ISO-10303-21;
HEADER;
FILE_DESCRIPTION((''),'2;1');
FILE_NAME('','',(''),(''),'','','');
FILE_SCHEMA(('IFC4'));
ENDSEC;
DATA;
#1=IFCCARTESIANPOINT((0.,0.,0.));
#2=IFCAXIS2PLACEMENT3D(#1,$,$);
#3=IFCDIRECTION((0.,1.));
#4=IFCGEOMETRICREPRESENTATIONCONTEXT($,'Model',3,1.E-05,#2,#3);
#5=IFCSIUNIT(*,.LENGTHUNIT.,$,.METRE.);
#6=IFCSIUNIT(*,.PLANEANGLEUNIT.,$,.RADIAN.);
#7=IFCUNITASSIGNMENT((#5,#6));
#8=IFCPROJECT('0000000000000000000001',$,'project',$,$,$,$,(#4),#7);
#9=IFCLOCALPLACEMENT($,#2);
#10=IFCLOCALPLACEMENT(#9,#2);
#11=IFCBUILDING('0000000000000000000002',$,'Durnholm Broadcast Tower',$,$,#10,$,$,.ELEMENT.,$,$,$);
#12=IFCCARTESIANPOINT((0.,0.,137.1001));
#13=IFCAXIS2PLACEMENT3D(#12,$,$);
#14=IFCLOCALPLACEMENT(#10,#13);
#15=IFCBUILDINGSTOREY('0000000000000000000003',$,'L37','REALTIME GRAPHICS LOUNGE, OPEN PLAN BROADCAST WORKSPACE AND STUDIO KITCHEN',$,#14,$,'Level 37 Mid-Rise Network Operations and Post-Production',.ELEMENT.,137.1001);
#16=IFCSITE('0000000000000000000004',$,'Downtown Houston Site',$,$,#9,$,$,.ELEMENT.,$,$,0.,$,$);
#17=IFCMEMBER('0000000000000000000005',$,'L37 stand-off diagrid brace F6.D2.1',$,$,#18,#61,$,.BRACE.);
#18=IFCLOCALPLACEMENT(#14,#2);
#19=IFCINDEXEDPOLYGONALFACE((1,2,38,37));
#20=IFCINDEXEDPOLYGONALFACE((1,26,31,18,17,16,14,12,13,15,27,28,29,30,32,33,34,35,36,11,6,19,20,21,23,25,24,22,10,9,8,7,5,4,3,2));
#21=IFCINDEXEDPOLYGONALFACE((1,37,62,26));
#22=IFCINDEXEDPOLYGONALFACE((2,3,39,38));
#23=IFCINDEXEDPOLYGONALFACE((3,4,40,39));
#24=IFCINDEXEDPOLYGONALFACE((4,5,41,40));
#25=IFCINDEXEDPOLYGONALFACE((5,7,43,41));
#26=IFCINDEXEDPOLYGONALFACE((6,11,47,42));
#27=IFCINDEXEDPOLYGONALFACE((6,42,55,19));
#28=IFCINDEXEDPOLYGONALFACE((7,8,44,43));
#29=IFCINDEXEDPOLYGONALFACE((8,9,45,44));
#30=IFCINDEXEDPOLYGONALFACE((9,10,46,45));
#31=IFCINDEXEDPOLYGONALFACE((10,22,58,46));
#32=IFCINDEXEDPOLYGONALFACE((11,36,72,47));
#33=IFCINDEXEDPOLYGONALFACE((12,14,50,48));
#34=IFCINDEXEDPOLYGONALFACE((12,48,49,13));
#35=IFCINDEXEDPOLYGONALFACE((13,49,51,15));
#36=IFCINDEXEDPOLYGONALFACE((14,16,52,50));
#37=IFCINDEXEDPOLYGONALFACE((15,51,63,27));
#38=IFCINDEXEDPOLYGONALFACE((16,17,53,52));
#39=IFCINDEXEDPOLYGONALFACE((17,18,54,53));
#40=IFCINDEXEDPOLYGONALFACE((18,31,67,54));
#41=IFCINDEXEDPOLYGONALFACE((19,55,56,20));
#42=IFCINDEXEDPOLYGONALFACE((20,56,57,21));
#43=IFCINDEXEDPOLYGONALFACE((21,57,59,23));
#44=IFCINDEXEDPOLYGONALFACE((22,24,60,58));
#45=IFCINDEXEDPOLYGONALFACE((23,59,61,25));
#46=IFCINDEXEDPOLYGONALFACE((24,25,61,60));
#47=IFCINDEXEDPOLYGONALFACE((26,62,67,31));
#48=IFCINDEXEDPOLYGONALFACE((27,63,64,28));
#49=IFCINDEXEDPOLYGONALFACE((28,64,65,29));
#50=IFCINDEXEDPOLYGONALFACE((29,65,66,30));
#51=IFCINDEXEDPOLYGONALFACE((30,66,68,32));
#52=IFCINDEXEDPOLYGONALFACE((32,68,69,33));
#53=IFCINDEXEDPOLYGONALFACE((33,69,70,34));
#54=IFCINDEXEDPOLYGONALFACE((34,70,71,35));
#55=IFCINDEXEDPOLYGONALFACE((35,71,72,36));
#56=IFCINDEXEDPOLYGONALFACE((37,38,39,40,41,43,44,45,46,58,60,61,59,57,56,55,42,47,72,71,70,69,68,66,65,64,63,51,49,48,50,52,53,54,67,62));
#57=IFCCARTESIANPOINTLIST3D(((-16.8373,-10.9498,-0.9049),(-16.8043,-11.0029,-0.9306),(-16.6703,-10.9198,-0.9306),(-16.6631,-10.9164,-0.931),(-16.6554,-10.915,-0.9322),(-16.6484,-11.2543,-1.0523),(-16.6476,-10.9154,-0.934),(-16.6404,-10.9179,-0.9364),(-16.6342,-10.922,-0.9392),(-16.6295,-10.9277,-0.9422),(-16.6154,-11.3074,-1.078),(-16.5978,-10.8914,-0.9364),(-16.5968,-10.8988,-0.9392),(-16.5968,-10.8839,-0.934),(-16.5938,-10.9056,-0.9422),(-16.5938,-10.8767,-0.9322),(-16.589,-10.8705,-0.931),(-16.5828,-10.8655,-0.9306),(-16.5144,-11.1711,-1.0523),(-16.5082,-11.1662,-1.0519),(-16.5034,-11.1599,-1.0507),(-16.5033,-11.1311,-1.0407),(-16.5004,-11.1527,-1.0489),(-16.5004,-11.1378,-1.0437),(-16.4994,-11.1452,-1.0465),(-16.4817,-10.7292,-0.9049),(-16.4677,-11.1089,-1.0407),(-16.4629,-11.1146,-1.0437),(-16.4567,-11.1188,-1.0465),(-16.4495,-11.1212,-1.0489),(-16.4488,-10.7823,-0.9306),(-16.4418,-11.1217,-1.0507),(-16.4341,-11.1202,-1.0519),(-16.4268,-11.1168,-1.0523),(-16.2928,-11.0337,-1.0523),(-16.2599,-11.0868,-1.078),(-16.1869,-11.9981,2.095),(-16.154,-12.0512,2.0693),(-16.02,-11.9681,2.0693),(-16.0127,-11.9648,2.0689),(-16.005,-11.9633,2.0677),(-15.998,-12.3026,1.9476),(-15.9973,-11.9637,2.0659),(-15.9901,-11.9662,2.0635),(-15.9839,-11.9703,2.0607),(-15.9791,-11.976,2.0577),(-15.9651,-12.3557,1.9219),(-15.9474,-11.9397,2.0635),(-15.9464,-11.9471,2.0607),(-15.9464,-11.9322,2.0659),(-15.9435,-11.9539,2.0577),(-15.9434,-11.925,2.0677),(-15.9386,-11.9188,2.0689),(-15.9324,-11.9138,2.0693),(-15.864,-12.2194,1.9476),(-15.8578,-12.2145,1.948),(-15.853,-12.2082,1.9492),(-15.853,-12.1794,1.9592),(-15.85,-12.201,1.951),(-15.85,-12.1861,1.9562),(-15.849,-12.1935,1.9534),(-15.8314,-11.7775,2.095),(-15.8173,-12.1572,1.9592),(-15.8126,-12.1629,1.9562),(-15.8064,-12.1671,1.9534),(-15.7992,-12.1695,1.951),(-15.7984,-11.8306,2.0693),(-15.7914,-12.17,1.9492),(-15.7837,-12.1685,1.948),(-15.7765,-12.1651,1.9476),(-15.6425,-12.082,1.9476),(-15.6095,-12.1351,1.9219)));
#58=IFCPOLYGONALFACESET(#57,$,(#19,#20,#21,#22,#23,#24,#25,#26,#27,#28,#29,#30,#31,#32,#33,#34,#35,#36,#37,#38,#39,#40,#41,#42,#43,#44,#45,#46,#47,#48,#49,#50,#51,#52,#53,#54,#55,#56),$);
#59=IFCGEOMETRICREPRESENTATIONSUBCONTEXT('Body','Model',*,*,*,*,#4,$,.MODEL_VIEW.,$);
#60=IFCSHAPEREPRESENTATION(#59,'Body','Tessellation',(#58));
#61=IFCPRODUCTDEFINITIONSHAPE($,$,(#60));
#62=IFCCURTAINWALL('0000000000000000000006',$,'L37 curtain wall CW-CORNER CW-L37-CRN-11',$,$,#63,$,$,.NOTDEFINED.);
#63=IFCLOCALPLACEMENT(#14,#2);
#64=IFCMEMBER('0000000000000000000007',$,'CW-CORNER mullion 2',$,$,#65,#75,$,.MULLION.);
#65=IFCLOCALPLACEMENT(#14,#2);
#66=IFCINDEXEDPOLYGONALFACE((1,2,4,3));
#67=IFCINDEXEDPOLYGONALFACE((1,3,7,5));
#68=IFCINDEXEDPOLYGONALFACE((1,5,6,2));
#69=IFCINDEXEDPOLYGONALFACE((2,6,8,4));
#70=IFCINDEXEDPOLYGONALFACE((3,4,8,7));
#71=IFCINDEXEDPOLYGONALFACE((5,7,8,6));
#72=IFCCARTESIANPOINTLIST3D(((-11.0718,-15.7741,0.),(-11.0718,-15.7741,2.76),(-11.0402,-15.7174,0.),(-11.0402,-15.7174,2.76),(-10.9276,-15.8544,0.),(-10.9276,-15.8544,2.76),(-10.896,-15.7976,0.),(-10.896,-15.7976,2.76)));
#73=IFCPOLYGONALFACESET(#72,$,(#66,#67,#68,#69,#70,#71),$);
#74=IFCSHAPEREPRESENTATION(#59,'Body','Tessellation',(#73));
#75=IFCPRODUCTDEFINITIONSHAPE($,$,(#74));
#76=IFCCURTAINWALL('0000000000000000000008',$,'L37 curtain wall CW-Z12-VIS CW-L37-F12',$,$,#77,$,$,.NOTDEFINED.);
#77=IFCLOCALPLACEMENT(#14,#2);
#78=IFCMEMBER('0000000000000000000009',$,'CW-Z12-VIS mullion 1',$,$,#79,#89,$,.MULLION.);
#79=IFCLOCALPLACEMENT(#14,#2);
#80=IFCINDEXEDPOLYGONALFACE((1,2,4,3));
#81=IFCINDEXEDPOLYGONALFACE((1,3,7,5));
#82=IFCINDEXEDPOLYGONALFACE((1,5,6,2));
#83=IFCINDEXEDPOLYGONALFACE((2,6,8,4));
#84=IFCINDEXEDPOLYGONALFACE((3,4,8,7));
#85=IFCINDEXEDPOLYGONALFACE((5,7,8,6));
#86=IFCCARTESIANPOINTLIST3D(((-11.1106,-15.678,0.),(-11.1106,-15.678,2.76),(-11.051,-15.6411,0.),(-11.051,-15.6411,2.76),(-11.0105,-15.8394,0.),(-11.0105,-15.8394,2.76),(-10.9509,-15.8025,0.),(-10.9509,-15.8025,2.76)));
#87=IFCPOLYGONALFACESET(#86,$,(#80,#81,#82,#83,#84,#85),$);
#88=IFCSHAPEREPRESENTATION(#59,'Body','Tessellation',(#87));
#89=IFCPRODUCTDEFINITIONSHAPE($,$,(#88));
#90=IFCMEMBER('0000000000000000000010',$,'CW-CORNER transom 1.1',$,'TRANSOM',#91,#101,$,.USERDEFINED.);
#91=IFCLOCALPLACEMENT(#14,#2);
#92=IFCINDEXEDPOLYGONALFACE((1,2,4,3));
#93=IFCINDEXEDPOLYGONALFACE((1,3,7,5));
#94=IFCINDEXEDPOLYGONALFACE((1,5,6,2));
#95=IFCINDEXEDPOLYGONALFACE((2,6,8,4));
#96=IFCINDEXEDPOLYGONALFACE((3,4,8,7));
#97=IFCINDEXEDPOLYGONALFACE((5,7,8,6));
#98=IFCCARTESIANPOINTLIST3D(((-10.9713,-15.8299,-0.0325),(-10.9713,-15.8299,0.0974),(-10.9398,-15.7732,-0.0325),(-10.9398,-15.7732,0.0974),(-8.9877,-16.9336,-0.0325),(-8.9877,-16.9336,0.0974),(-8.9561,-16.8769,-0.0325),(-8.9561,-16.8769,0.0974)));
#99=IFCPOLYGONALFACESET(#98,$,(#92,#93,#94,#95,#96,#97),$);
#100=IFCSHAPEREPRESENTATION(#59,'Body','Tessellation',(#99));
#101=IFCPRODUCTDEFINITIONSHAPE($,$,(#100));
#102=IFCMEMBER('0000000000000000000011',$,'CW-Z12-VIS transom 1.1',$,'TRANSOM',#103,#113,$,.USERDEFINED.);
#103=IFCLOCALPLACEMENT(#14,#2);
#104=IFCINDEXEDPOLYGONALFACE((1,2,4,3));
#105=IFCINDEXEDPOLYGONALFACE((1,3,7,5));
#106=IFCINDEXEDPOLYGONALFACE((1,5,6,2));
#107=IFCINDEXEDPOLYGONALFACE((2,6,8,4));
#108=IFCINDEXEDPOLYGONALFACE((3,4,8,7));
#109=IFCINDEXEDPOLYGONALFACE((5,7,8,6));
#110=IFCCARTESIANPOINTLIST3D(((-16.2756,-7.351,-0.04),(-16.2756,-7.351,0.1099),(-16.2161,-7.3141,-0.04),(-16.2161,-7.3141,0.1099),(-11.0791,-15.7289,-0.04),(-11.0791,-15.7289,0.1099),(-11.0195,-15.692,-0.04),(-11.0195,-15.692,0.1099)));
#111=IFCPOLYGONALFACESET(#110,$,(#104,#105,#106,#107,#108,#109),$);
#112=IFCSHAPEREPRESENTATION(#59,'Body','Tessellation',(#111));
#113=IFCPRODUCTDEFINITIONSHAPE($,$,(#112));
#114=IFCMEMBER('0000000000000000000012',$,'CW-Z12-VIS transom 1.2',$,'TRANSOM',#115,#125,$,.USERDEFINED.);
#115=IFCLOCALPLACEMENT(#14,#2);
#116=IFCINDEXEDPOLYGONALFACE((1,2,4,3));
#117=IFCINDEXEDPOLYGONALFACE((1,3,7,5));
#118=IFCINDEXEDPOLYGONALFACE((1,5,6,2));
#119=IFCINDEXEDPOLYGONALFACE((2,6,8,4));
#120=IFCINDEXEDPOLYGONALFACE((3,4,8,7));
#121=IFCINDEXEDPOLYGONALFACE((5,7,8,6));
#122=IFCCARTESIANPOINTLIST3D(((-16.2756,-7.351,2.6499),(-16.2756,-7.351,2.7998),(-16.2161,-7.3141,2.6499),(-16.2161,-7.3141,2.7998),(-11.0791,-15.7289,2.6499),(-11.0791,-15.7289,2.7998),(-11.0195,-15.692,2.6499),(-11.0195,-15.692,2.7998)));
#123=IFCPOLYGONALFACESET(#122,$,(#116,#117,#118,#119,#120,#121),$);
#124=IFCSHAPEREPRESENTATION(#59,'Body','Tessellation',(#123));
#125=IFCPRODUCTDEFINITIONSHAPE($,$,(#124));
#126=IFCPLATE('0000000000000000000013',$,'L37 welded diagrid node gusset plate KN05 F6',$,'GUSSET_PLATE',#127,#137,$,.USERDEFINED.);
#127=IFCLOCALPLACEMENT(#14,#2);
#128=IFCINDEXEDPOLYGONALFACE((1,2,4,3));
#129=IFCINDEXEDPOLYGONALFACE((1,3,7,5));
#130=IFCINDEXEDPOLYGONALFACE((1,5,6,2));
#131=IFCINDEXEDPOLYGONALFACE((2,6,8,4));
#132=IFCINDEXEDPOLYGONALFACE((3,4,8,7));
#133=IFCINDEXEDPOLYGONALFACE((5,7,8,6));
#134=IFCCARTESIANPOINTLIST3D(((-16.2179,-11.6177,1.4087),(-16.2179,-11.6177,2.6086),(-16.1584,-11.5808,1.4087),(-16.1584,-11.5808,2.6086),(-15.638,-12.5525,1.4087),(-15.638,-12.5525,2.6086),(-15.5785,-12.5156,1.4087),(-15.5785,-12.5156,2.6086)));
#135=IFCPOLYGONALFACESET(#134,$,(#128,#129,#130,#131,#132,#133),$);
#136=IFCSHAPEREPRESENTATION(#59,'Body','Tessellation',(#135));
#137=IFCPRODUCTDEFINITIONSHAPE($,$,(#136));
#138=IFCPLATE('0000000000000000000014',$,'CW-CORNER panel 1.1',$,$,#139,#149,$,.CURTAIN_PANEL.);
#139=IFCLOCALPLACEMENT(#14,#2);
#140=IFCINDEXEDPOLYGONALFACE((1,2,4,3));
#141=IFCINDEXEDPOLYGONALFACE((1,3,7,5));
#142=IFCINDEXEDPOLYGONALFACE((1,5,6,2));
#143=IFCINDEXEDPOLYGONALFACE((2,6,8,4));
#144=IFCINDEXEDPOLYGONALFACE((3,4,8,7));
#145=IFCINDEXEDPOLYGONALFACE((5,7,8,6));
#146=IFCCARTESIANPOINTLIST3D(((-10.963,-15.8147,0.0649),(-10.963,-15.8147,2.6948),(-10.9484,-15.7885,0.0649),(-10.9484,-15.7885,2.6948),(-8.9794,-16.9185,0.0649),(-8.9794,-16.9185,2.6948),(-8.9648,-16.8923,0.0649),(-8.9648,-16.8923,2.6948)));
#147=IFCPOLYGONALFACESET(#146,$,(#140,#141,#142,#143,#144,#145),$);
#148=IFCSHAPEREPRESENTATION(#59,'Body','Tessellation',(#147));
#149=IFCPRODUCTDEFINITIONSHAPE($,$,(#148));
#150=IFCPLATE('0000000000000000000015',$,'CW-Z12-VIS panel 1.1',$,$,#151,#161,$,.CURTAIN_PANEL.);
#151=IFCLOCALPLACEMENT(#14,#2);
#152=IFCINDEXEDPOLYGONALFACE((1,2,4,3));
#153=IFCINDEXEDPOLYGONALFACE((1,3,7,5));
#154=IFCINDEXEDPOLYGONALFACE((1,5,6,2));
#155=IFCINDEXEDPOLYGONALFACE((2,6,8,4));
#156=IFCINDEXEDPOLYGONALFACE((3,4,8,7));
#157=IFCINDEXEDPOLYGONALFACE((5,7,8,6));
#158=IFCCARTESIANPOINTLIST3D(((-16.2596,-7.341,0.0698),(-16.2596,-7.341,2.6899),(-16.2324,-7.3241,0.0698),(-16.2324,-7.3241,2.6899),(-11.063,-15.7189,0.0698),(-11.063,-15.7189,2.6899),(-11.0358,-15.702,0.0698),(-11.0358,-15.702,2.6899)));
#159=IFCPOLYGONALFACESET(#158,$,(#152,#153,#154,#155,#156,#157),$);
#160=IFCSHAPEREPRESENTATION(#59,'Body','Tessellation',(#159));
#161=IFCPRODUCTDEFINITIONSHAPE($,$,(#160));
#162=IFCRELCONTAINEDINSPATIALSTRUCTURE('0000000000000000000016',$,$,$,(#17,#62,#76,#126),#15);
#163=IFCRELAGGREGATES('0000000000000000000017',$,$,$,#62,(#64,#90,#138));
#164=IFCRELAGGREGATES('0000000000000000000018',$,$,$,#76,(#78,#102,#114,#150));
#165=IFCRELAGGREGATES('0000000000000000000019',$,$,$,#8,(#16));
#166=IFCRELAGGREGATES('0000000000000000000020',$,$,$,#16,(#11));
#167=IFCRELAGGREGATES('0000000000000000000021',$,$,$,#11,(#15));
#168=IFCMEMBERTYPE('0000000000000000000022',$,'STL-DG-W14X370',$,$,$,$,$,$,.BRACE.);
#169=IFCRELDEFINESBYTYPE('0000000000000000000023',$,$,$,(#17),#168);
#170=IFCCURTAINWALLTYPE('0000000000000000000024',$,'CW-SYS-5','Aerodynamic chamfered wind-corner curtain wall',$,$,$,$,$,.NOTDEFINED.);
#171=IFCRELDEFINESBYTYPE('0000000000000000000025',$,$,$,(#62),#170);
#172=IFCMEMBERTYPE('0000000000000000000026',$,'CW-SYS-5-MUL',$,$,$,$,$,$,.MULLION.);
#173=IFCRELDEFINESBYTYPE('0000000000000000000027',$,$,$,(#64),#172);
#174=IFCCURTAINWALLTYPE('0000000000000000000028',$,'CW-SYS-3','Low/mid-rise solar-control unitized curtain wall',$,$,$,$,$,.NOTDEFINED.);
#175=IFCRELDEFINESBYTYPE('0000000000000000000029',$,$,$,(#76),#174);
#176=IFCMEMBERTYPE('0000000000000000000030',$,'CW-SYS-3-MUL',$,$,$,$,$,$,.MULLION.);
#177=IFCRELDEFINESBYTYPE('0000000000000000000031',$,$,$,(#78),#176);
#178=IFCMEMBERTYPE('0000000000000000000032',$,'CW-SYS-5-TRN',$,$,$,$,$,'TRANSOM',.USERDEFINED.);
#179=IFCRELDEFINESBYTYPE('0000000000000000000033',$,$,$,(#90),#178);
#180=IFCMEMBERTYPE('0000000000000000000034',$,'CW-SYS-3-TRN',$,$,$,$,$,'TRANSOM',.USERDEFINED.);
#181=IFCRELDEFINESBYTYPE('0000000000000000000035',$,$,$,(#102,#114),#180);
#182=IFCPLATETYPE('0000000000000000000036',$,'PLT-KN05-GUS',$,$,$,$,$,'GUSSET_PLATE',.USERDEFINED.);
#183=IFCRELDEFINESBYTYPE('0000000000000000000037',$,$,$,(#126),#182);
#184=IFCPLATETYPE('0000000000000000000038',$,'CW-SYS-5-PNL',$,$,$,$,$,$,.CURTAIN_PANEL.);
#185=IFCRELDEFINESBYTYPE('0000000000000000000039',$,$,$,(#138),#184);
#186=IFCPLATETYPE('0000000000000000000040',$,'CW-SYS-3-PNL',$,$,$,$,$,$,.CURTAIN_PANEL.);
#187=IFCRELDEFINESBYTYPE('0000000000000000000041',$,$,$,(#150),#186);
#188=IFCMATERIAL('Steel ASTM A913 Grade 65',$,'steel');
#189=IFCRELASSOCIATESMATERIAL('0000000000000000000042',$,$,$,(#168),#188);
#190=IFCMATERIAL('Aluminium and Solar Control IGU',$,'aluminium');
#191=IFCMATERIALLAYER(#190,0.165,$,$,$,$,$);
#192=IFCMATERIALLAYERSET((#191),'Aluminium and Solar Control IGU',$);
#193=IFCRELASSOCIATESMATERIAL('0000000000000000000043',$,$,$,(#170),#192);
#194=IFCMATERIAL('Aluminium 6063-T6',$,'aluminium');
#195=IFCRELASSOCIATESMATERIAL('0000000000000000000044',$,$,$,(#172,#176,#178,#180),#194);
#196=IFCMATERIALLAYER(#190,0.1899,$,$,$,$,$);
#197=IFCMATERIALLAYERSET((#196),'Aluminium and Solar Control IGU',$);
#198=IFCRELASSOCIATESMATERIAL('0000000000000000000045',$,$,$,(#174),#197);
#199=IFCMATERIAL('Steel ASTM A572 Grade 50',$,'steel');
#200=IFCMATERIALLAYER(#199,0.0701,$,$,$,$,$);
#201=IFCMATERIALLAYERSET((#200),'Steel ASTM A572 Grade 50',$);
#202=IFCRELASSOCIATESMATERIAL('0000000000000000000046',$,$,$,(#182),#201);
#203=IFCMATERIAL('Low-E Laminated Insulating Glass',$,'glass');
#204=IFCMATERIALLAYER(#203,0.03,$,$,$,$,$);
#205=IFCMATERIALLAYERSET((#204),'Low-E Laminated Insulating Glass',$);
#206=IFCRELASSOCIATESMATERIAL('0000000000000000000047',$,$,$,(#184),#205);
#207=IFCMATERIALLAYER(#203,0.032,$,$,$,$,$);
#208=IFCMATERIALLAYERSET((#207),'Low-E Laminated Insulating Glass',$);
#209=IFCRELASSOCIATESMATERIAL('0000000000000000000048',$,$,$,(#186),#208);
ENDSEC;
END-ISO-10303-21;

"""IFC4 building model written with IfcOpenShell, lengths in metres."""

from ifc_helpers import new_model, si_unit, direction, frame, origin, origin_2d, place, context, subcontext, project, spatial, rectangle, i_section, extrude, source, transform, mapped, material, layer, layer_set, material_profile, profile_set, type_object, type_shapes, element, aggregate, save


model = new_model("IFC4")

# Units and contexts
model_context = context("Model", 3, precision=1e-05, world=origin(), true_north=direction((0.0, 1.0)))
body_context = subcontext(model_context, "Body", "Model", "MODEL_VIEW")
ifc_project = project(units=[si_unit("LENGTHUNIT", "METRE"), si_unit("PLANEANGLEUNIT", "RADIAN")], contexts=[model_context])

# Site, building, storey
site_placement = place(None, origin())
site = spatial("IfcSite", under=ifc_project, at=site_placement, Name="Downtown Houston Site", CompositionType="ELEMENT", RefElevation=0.0)
building_placement = place(site_placement, origin())
building = spatial("IfcBuilding", under=site, at=building_placement, Name="Durnholm Broadcast Tower", CompositionType="ELEMENT")
storey_placement = place(building_placement, frame((0.0, 0.0, 137.1001)))
storey = spatial("IfcBuildingStorey", under=building, at=storey_placement, Name="L37", Description="REALTIME GRAPHICS LOUNGE, OPEN PLAN BROADCAST WORKSPACE AND STUDIO KITCHEN", LongName="Level 37 Mid-Rise Network Operations and Post-Production", CompositionType="ELEMENT", Elevation=137.1001)

# Member
ifc_material_1 = material(Name="Steel ASTM A913 Grade 65", Category="steel")
ifc_material_profile_1 = material_profile(ifc_material_1, i_section(OverallWidth=0.4185, OverallDepth=0.4551, WebThickness=0.042, FlangeThickness=0.0676, FilletRadius=0.0305, at=origin_2d()), Name="W14X370")
ifc_profile_set_1 = profile_set([ifc_material_profile_1], Name="Steel ASTM A913 Grade 65")
member_type_1 = type_object("IfcMemberType", Name="STL-DG-W14X370", PredefinedType="BRACE", material=ifc_profile_set_1)
shared_shape_1 = source(origin(), body_context, "Body", "SweptSolid", [
    extrude(i_section(OverallWidth=0.4185, OverallDepth=0.4551, WebThickness=0.042, FlangeThickness=0.0676, FilletRadius=0.0305, at=origin_2d()), origin(), (0.0, 0.0, 1.0), 3.2437),
])
member_1_placement = place(storey_placement, frame((-16.5486, -11.0183, -0.9915), z_axis=(0.200505, -0.323186, 0.924851), x_axis=(0.84975, 0.527186, 0.0)))
element("IfcMember", 1, at=member_1_placement, inside=storey, type_object=member_type_1, Name="L37 stand-off diagrid brace F6.D2.1", PredefinedType="BRACE", context=body_context, shape_type="MappedRepresentation", body=[
    mapped(shared_shape_1, transform((0.0, 0.0, 0.0), x_axis=(1.0, 0.0, 0.0), y_axis=(0.0, 1.0, 0.0), z_axis=(0.0, 0.0, 1.0), scale=1.0)),
])

# Curtain walls, members
ifc_material_2 = material(Name="Aluminium and Solar Control IGU", Category="aluminium")
ifc_layer_1 = layer(ifc_material_2, 0.165)
ifc_layer_set_1 = layer_set([ifc_layer_1], Name="Aluminium and Solar Control IGU")
curtain_wall_type_1 = type_object("IfcCurtainWallType", Name="CW-SYS-5", Description="Aerodynamic chamfered wind-corner curtain wall", PredefinedType="NOTDEFINED", material=ifc_layer_set_1)
curtain_wall_1_placement = place(storey_placement, origin())
curtain_wall_1 = element("IfcCurtainWall", 2, at=curtain_wall_1_placement, inside=storey, type_object=curtain_wall_type_1, Name="L37 curtain wall CW-CORNER CW-L37-CRN-11", PredefinedType="NOTDEFINED")
ifc_material_3 = material(Name="Aluminium 6063-T6", Category="aluminium")
ifc_material_profile_2 = material_profile(ifc_material_3, rectangle(XDim=0.0649, YDim=0.165, at=origin_2d()), Name="CWM65X165")
ifc_profile_set_2 = profile_set([ifc_material_profile_2], Name="Aluminium 6063-T6")
member_type_2 = type_object("IfcMemberType", Name="CW-SYS-5-MUL", PredefinedType="MULLION", material=ifc_profile_set_2)
shared_shape_2 = source(origin(), body_context, "Body", "SweptSolid", [
    extrude(rectangle(XDim=0.0649, YDim=0.165, at=origin_2d()), origin(), (0.0, 0.0, 1.0), 2.76),
])
type_shapes(member_type_2, [shared_shape_2])
member_2_placement = place(storey_placement, frame((-10.9839, -15.7859, 0.0), z_axis=(0.0, 0.0, 1.0), x_axis=(-0.486244, -0.873823, 0.0)))
member_2 = element("IfcMember", 3, at=member_2_placement, type_object=member_type_2, Name="CW-CORNER mullion 2", PredefinedType="MULLION", context=body_context, shape_type="MappedRepresentation", body=[
    mapped(shared_shape_2, transform((0.0, 0.0, 0.0), x_axis=(1.0, 0.0, 0.0), y_axis=(0.0, 1.0, 0.0), z_axis=(0.0, 0.0, 1.0), scale=1.0)),
])
ifc_layer_2 = layer(ifc_material_2, 0.1899)
ifc_layer_set_2 = layer_set([ifc_layer_2], Name="Aluminium and Solar Control IGU")
curtain_wall_type_2 = type_object("IfcCurtainWallType", Name="CW-SYS-3", Description="Low/mid-rise solar-control unitized curtain wall", PredefinedType="NOTDEFINED", material=ifc_layer_set_2)
curtain_wall_2_placement = place(storey_placement, origin())
curtain_wall_2 = element("IfcCurtainWall", 4, at=curtain_wall_2_placement, inside=storey, type_object=curtain_wall_type_2, Name="L37 curtain wall CW-Z12-VIS CW-L37-F12", PredefinedType="NOTDEFINED")
ifc_material_profile_3 = material_profile(ifc_material_3, rectangle(XDim=0.0701, YDim=0.1899, at=origin_2d()), Name="CWM70X190")
ifc_profile_set_3 = profile_set([ifc_material_profile_3], Name="Aluminium 6063-T6")
member_type_3 = type_object("IfcMemberType", Name="CW-SYS-3-MUL", PredefinedType="MULLION", material=ifc_profile_set_3)
shared_shape_3 = source(origin(), body_context, "Body", "SweptSolid", [
    extrude(rectangle(XDim=0.0701, YDim=0.1899, at=origin_2d()), origin(), (0.0, 0.0, 1.0), 2.76),
])
type_shapes(member_type_3, [shared_shape_3])
member_3_placement = place(storey_placement, frame((-11.0308, -15.7402, 0.0), z_axis=(0.0, 0.0, 1.0), x_axis=(-0.8498, -0.527105, 0.0)))
member_3 = element("IfcMember", 5, at=member_3_placement, type_object=member_type_3, Name="CW-Z12-VIS mullion 1", PredefinedType="MULLION", context=body_context, shape_type="MappedRepresentation", body=[
    mapped(shared_shape_3, transform((0.0, 0.0, 0.0), x_axis=(1.0, 0.0, 0.0), y_axis=(0.0, 1.0, 0.0), z_axis=(0.0, 0.0, 1.0), scale=1.0)),
])

# Members
ifc_material_profile_4 = material_profile(ifc_material_3, rectangle(XDim=0.0649, YDim=0.1299, at=origin_2d()), Name="CWT65X130")
ifc_profile_set_4 = profile_set([ifc_material_profile_4], Name="Aluminium 6063-T6")
member_type_4 = type_object("IfcMemberType", Name="CW-SYS-5-TRN", ElementType="TRANSOM", PredefinedType="USERDEFINED", material=ifc_profile_set_4)
shared_shape_4 = source(origin(), body_context, "Body", "SweptSolid", [
    extrude(rectangle(XDim=0.0649, YDim=0.1299, at=origin_2d()), origin(), (0.0, 0.0, 1.0), 2.27),
])
type_shapes(member_type_4, [shared_shape_4])
member_4_placement = place(storey_placement, frame((-8.9719, -16.9053, 0.0325), z_axis=(-0.873832, 0.486227, 0.0), x_axis=(-0.486227, -0.873832, 0.0)))
member_4 = element("IfcMember", 6, at=member_4_placement, type_object=member_type_4, Name="CW-CORNER transom 1.1", ObjectType="TRANSOM", PredefinedType="USERDEFINED", context=body_context, shape_type="MappedRepresentation", body=[
    mapped(shared_shape_4, transform((0.0, 0.0, 0.0), x_axis=(1.0, 0.0, 0.0), y_axis=(0.0, 1.0, 0.0), z_axis=(0.0, 0.0, 1.0), scale=1.0)),
])
ifc_material_profile_5 = material_profile(ifc_material_3, rectangle(XDim=0.0701, YDim=0.1499, at=origin_2d()), Name="CWT70X150")
ifc_profile_set_5 = profile_set([ifc_material_profile_5], Name="Aluminium 6063-T6")
member_type_5 = type_object("IfcMemberType", Name="CW-SYS-3-TRN", ElementType="TRANSOM", PredefinedType="USERDEFINED", material=ifc_profile_set_5)
shared_shape_5 = source(origin(), body_context, "Body", "SweptSolid", [
    extrude(rectangle(XDim=0.0701, YDim=0.1499, at=origin_2d()), origin(), (0.0, 0.0, 1.0), 9.8586),
])
type_shapes(member_type_5, [shared_shape_5])
member_5_placement = place(storey_placement, frame((-11.0493, -15.7104, 0.0349), z_axis=(-0.527102, 0.849802, 0.0), x_axis=(-0.849802, -0.527102, 0.0)))
member_5 = element("IfcMember", 7, at=member_5_placement, type_object=member_type_5, Name="CW-Z12-VIS transom 1.1", ObjectType="TRANSOM", PredefinedType="USERDEFINED", context=body_context, shape_type="MappedRepresentation", body=[
    mapped(shared_shape_5, transform((0.0, 0.0, 0.0), x_axis=(1.0, 0.0, 0.0), y_axis=(0.0, 1.0, 0.0), z_axis=(0.0, 0.0, 1.0), scale=1.0)),
])
member_6_placement = place(storey_placement, frame((-11.0493, -15.7104, 2.7249), z_axis=(-0.527102, 0.849802, 0.0), x_axis=(-0.849802, -0.527102, 0.0)))
member_6 = element("IfcMember", 8, at=member_6_placement, type_object=member_type_5, Name="CW-Z12-VIS transom 1.2", ObjectType="TRANSOM", PredefinedType="USERDEFINED", context=body_context, shape_type="MappedRepresentation", body=[
    mapped(shared_shape_5, transform((0.0, 0.0, 0.0), x_axis=(1.0, 0.0, 0.0), y_axis=(0.0, 1.0, 0.0), z_axis=(0.0, 0.0, 1.0), scale=1.0)),
])

# Plates
ifc_material_4 = material(Name="Steel ASTM A572 Grade 50", Category="steel")
ifc_layer_3 = layer(ifc_material_4, 0.0701)
ifc_layer_set_3 = layer_set([ifc_layer_3], Name="Steel ASTM A572 Grade 50")
plate_type_1 = type_object("IfcPlateType", Name="PLT-KN05-GUS", ElementType="GUSSET_PLATE", PredefinedType="USERDEFINED", material=ifc_layer_set_3)
shared_shape_6 = source(origin(), body_context, "Body", "SweptSolid", [
    extrude(rectangle(XDim=1.1001, YDim=0.0701, at=origin_2d()), origin(), (0.0, 0.0, 1.0), 1.2),
])
type_shapes(plate_type_1, [shared_shape_6])
plate_1_placement = place(storey_placement, frame((-15.8982, -12.0667, 1.4087), z_axis=(0.0, 0.0, 1.0), x_axis=(0.527104, -0.849801, 0.0)))
element("IfcPlate", 9, at=plate_1_placement, inside=storey, type_object=plate_type_1, Name="L37 welded diagrid node gusset plate KN05 F6", ObjectType="GUSSET_PLATE", PredefinedType="USERDEFINED", context=body_context, shape_type="MappedRepresentation", body=[
    mapped(shared_shape_6, transform((0.0, 0.0, 0.0), x_axis=(1.0, 0.0, 0.0), y_axis=(0.0, 1.0, 0.0), z_axis=(0.0, 0.0, 1.0), scale=1.0)),
])
ifc_material_5 = material(Name="Low-E Laminated Insulating Glass", Category="glass")
ifc_layer_4 = layer(ifc_material_5, 0.03)
ifc_layer_set_4 = layer_set([ifc_layer_4], Name="Low-E Laminated Insulating Glass")
plate_type_2 = type_object("IfcPlateType", Name="CW-SYS-5-PNL", PredefinedType="CURTAIN_PANEL", material=ifc_layer_set_4)
shared_shape_7 = source(origin(), body_context, "Body", "SweptSolid", [
    extrude(rectangle(XDim=2.27, YDim=0.03, at=origin_2d()), origin(), (0.0, 0.0, 1.0), 2.6299),
])
type_shapes(plate_type_2, [shared_shape_7])
plate_2_placement = place(storey_placement, frame((-9.9639, -16.3535, 0.0649), z_axis=(0.0, 0.0, 1.0), x_axis=(-0.873823, 0.486244, 0.0)))
plate_2 = element("IfcPlate", 10, at=plate_2_placement, type_object=plate_type_2, Name="CW-CORNER panel 1.1", PredefinedType="CURTAIN_PANEL", context=body_context, shape_type="MappedRepresentation", body=[
    mapped(shared_shape_7, transform((0.0, 0.0, 0.0), x_axis=(1.0, 0.0, 0.0), y_axis=(0.0, 1.0, 0.0), z_axis=(0.0, 0.0, 1.0), scale=1.0)),
])
aggregate(curtain_wall_1, [member_2, member_4, plate_2])
ifc_layer_5 = layer(ifc_material_5, 0.032)
ifc_layer_set_5 = layer_set([ifc_layer_5], Name="Low-E Laminated Insulating Glass")
plate_type_3 = type_object("IfcPlateType", Name="CW-SYS-3-PNL", PredefinedType="CURTAIN_PANEL", material=ifc_layer_set_5)
shared_shape_8 = source(origin(), body_context, "Body", "SweptSolid", [
    extrude(rectangle(XDim=9.8586, YDim=0.032, at=origin_2d()), origin(), (0.0, 0.0, 1.0), 2.6201),
])
type_shapes(plate_type_3, [shared_shape_8])
plate_3_placement = place(storey_placement, frame((-13.6477, -11.5215, 0.0698), z_axis=(0.0, 0.0, 1.0), x_axis=(-0.527105, 0.8498, 0.0)))
plate_3 = element("IfcPlate", 11, at=plate_3_placement, type_object=plate_type_3, Name="CW-Z12-VIS panel 1.1", PredefinedType="CURTAIN_PANEL", context=body_context, shape_type="MappedRepresentation", body=[
    mapped(shared_shape_8, transform((0.0, 0.0, 0.0), x_axis=(1.0, 0.0, 0.0), y_axis=(0.0, 1.0, 0.0), z_axis=(0.0, 0.0, 1.0), scale=1.0)),
])
aggregate(curtain_wall_2, [member_3, member_5, member_6, plate_3])

save(model, "model.ifc")
